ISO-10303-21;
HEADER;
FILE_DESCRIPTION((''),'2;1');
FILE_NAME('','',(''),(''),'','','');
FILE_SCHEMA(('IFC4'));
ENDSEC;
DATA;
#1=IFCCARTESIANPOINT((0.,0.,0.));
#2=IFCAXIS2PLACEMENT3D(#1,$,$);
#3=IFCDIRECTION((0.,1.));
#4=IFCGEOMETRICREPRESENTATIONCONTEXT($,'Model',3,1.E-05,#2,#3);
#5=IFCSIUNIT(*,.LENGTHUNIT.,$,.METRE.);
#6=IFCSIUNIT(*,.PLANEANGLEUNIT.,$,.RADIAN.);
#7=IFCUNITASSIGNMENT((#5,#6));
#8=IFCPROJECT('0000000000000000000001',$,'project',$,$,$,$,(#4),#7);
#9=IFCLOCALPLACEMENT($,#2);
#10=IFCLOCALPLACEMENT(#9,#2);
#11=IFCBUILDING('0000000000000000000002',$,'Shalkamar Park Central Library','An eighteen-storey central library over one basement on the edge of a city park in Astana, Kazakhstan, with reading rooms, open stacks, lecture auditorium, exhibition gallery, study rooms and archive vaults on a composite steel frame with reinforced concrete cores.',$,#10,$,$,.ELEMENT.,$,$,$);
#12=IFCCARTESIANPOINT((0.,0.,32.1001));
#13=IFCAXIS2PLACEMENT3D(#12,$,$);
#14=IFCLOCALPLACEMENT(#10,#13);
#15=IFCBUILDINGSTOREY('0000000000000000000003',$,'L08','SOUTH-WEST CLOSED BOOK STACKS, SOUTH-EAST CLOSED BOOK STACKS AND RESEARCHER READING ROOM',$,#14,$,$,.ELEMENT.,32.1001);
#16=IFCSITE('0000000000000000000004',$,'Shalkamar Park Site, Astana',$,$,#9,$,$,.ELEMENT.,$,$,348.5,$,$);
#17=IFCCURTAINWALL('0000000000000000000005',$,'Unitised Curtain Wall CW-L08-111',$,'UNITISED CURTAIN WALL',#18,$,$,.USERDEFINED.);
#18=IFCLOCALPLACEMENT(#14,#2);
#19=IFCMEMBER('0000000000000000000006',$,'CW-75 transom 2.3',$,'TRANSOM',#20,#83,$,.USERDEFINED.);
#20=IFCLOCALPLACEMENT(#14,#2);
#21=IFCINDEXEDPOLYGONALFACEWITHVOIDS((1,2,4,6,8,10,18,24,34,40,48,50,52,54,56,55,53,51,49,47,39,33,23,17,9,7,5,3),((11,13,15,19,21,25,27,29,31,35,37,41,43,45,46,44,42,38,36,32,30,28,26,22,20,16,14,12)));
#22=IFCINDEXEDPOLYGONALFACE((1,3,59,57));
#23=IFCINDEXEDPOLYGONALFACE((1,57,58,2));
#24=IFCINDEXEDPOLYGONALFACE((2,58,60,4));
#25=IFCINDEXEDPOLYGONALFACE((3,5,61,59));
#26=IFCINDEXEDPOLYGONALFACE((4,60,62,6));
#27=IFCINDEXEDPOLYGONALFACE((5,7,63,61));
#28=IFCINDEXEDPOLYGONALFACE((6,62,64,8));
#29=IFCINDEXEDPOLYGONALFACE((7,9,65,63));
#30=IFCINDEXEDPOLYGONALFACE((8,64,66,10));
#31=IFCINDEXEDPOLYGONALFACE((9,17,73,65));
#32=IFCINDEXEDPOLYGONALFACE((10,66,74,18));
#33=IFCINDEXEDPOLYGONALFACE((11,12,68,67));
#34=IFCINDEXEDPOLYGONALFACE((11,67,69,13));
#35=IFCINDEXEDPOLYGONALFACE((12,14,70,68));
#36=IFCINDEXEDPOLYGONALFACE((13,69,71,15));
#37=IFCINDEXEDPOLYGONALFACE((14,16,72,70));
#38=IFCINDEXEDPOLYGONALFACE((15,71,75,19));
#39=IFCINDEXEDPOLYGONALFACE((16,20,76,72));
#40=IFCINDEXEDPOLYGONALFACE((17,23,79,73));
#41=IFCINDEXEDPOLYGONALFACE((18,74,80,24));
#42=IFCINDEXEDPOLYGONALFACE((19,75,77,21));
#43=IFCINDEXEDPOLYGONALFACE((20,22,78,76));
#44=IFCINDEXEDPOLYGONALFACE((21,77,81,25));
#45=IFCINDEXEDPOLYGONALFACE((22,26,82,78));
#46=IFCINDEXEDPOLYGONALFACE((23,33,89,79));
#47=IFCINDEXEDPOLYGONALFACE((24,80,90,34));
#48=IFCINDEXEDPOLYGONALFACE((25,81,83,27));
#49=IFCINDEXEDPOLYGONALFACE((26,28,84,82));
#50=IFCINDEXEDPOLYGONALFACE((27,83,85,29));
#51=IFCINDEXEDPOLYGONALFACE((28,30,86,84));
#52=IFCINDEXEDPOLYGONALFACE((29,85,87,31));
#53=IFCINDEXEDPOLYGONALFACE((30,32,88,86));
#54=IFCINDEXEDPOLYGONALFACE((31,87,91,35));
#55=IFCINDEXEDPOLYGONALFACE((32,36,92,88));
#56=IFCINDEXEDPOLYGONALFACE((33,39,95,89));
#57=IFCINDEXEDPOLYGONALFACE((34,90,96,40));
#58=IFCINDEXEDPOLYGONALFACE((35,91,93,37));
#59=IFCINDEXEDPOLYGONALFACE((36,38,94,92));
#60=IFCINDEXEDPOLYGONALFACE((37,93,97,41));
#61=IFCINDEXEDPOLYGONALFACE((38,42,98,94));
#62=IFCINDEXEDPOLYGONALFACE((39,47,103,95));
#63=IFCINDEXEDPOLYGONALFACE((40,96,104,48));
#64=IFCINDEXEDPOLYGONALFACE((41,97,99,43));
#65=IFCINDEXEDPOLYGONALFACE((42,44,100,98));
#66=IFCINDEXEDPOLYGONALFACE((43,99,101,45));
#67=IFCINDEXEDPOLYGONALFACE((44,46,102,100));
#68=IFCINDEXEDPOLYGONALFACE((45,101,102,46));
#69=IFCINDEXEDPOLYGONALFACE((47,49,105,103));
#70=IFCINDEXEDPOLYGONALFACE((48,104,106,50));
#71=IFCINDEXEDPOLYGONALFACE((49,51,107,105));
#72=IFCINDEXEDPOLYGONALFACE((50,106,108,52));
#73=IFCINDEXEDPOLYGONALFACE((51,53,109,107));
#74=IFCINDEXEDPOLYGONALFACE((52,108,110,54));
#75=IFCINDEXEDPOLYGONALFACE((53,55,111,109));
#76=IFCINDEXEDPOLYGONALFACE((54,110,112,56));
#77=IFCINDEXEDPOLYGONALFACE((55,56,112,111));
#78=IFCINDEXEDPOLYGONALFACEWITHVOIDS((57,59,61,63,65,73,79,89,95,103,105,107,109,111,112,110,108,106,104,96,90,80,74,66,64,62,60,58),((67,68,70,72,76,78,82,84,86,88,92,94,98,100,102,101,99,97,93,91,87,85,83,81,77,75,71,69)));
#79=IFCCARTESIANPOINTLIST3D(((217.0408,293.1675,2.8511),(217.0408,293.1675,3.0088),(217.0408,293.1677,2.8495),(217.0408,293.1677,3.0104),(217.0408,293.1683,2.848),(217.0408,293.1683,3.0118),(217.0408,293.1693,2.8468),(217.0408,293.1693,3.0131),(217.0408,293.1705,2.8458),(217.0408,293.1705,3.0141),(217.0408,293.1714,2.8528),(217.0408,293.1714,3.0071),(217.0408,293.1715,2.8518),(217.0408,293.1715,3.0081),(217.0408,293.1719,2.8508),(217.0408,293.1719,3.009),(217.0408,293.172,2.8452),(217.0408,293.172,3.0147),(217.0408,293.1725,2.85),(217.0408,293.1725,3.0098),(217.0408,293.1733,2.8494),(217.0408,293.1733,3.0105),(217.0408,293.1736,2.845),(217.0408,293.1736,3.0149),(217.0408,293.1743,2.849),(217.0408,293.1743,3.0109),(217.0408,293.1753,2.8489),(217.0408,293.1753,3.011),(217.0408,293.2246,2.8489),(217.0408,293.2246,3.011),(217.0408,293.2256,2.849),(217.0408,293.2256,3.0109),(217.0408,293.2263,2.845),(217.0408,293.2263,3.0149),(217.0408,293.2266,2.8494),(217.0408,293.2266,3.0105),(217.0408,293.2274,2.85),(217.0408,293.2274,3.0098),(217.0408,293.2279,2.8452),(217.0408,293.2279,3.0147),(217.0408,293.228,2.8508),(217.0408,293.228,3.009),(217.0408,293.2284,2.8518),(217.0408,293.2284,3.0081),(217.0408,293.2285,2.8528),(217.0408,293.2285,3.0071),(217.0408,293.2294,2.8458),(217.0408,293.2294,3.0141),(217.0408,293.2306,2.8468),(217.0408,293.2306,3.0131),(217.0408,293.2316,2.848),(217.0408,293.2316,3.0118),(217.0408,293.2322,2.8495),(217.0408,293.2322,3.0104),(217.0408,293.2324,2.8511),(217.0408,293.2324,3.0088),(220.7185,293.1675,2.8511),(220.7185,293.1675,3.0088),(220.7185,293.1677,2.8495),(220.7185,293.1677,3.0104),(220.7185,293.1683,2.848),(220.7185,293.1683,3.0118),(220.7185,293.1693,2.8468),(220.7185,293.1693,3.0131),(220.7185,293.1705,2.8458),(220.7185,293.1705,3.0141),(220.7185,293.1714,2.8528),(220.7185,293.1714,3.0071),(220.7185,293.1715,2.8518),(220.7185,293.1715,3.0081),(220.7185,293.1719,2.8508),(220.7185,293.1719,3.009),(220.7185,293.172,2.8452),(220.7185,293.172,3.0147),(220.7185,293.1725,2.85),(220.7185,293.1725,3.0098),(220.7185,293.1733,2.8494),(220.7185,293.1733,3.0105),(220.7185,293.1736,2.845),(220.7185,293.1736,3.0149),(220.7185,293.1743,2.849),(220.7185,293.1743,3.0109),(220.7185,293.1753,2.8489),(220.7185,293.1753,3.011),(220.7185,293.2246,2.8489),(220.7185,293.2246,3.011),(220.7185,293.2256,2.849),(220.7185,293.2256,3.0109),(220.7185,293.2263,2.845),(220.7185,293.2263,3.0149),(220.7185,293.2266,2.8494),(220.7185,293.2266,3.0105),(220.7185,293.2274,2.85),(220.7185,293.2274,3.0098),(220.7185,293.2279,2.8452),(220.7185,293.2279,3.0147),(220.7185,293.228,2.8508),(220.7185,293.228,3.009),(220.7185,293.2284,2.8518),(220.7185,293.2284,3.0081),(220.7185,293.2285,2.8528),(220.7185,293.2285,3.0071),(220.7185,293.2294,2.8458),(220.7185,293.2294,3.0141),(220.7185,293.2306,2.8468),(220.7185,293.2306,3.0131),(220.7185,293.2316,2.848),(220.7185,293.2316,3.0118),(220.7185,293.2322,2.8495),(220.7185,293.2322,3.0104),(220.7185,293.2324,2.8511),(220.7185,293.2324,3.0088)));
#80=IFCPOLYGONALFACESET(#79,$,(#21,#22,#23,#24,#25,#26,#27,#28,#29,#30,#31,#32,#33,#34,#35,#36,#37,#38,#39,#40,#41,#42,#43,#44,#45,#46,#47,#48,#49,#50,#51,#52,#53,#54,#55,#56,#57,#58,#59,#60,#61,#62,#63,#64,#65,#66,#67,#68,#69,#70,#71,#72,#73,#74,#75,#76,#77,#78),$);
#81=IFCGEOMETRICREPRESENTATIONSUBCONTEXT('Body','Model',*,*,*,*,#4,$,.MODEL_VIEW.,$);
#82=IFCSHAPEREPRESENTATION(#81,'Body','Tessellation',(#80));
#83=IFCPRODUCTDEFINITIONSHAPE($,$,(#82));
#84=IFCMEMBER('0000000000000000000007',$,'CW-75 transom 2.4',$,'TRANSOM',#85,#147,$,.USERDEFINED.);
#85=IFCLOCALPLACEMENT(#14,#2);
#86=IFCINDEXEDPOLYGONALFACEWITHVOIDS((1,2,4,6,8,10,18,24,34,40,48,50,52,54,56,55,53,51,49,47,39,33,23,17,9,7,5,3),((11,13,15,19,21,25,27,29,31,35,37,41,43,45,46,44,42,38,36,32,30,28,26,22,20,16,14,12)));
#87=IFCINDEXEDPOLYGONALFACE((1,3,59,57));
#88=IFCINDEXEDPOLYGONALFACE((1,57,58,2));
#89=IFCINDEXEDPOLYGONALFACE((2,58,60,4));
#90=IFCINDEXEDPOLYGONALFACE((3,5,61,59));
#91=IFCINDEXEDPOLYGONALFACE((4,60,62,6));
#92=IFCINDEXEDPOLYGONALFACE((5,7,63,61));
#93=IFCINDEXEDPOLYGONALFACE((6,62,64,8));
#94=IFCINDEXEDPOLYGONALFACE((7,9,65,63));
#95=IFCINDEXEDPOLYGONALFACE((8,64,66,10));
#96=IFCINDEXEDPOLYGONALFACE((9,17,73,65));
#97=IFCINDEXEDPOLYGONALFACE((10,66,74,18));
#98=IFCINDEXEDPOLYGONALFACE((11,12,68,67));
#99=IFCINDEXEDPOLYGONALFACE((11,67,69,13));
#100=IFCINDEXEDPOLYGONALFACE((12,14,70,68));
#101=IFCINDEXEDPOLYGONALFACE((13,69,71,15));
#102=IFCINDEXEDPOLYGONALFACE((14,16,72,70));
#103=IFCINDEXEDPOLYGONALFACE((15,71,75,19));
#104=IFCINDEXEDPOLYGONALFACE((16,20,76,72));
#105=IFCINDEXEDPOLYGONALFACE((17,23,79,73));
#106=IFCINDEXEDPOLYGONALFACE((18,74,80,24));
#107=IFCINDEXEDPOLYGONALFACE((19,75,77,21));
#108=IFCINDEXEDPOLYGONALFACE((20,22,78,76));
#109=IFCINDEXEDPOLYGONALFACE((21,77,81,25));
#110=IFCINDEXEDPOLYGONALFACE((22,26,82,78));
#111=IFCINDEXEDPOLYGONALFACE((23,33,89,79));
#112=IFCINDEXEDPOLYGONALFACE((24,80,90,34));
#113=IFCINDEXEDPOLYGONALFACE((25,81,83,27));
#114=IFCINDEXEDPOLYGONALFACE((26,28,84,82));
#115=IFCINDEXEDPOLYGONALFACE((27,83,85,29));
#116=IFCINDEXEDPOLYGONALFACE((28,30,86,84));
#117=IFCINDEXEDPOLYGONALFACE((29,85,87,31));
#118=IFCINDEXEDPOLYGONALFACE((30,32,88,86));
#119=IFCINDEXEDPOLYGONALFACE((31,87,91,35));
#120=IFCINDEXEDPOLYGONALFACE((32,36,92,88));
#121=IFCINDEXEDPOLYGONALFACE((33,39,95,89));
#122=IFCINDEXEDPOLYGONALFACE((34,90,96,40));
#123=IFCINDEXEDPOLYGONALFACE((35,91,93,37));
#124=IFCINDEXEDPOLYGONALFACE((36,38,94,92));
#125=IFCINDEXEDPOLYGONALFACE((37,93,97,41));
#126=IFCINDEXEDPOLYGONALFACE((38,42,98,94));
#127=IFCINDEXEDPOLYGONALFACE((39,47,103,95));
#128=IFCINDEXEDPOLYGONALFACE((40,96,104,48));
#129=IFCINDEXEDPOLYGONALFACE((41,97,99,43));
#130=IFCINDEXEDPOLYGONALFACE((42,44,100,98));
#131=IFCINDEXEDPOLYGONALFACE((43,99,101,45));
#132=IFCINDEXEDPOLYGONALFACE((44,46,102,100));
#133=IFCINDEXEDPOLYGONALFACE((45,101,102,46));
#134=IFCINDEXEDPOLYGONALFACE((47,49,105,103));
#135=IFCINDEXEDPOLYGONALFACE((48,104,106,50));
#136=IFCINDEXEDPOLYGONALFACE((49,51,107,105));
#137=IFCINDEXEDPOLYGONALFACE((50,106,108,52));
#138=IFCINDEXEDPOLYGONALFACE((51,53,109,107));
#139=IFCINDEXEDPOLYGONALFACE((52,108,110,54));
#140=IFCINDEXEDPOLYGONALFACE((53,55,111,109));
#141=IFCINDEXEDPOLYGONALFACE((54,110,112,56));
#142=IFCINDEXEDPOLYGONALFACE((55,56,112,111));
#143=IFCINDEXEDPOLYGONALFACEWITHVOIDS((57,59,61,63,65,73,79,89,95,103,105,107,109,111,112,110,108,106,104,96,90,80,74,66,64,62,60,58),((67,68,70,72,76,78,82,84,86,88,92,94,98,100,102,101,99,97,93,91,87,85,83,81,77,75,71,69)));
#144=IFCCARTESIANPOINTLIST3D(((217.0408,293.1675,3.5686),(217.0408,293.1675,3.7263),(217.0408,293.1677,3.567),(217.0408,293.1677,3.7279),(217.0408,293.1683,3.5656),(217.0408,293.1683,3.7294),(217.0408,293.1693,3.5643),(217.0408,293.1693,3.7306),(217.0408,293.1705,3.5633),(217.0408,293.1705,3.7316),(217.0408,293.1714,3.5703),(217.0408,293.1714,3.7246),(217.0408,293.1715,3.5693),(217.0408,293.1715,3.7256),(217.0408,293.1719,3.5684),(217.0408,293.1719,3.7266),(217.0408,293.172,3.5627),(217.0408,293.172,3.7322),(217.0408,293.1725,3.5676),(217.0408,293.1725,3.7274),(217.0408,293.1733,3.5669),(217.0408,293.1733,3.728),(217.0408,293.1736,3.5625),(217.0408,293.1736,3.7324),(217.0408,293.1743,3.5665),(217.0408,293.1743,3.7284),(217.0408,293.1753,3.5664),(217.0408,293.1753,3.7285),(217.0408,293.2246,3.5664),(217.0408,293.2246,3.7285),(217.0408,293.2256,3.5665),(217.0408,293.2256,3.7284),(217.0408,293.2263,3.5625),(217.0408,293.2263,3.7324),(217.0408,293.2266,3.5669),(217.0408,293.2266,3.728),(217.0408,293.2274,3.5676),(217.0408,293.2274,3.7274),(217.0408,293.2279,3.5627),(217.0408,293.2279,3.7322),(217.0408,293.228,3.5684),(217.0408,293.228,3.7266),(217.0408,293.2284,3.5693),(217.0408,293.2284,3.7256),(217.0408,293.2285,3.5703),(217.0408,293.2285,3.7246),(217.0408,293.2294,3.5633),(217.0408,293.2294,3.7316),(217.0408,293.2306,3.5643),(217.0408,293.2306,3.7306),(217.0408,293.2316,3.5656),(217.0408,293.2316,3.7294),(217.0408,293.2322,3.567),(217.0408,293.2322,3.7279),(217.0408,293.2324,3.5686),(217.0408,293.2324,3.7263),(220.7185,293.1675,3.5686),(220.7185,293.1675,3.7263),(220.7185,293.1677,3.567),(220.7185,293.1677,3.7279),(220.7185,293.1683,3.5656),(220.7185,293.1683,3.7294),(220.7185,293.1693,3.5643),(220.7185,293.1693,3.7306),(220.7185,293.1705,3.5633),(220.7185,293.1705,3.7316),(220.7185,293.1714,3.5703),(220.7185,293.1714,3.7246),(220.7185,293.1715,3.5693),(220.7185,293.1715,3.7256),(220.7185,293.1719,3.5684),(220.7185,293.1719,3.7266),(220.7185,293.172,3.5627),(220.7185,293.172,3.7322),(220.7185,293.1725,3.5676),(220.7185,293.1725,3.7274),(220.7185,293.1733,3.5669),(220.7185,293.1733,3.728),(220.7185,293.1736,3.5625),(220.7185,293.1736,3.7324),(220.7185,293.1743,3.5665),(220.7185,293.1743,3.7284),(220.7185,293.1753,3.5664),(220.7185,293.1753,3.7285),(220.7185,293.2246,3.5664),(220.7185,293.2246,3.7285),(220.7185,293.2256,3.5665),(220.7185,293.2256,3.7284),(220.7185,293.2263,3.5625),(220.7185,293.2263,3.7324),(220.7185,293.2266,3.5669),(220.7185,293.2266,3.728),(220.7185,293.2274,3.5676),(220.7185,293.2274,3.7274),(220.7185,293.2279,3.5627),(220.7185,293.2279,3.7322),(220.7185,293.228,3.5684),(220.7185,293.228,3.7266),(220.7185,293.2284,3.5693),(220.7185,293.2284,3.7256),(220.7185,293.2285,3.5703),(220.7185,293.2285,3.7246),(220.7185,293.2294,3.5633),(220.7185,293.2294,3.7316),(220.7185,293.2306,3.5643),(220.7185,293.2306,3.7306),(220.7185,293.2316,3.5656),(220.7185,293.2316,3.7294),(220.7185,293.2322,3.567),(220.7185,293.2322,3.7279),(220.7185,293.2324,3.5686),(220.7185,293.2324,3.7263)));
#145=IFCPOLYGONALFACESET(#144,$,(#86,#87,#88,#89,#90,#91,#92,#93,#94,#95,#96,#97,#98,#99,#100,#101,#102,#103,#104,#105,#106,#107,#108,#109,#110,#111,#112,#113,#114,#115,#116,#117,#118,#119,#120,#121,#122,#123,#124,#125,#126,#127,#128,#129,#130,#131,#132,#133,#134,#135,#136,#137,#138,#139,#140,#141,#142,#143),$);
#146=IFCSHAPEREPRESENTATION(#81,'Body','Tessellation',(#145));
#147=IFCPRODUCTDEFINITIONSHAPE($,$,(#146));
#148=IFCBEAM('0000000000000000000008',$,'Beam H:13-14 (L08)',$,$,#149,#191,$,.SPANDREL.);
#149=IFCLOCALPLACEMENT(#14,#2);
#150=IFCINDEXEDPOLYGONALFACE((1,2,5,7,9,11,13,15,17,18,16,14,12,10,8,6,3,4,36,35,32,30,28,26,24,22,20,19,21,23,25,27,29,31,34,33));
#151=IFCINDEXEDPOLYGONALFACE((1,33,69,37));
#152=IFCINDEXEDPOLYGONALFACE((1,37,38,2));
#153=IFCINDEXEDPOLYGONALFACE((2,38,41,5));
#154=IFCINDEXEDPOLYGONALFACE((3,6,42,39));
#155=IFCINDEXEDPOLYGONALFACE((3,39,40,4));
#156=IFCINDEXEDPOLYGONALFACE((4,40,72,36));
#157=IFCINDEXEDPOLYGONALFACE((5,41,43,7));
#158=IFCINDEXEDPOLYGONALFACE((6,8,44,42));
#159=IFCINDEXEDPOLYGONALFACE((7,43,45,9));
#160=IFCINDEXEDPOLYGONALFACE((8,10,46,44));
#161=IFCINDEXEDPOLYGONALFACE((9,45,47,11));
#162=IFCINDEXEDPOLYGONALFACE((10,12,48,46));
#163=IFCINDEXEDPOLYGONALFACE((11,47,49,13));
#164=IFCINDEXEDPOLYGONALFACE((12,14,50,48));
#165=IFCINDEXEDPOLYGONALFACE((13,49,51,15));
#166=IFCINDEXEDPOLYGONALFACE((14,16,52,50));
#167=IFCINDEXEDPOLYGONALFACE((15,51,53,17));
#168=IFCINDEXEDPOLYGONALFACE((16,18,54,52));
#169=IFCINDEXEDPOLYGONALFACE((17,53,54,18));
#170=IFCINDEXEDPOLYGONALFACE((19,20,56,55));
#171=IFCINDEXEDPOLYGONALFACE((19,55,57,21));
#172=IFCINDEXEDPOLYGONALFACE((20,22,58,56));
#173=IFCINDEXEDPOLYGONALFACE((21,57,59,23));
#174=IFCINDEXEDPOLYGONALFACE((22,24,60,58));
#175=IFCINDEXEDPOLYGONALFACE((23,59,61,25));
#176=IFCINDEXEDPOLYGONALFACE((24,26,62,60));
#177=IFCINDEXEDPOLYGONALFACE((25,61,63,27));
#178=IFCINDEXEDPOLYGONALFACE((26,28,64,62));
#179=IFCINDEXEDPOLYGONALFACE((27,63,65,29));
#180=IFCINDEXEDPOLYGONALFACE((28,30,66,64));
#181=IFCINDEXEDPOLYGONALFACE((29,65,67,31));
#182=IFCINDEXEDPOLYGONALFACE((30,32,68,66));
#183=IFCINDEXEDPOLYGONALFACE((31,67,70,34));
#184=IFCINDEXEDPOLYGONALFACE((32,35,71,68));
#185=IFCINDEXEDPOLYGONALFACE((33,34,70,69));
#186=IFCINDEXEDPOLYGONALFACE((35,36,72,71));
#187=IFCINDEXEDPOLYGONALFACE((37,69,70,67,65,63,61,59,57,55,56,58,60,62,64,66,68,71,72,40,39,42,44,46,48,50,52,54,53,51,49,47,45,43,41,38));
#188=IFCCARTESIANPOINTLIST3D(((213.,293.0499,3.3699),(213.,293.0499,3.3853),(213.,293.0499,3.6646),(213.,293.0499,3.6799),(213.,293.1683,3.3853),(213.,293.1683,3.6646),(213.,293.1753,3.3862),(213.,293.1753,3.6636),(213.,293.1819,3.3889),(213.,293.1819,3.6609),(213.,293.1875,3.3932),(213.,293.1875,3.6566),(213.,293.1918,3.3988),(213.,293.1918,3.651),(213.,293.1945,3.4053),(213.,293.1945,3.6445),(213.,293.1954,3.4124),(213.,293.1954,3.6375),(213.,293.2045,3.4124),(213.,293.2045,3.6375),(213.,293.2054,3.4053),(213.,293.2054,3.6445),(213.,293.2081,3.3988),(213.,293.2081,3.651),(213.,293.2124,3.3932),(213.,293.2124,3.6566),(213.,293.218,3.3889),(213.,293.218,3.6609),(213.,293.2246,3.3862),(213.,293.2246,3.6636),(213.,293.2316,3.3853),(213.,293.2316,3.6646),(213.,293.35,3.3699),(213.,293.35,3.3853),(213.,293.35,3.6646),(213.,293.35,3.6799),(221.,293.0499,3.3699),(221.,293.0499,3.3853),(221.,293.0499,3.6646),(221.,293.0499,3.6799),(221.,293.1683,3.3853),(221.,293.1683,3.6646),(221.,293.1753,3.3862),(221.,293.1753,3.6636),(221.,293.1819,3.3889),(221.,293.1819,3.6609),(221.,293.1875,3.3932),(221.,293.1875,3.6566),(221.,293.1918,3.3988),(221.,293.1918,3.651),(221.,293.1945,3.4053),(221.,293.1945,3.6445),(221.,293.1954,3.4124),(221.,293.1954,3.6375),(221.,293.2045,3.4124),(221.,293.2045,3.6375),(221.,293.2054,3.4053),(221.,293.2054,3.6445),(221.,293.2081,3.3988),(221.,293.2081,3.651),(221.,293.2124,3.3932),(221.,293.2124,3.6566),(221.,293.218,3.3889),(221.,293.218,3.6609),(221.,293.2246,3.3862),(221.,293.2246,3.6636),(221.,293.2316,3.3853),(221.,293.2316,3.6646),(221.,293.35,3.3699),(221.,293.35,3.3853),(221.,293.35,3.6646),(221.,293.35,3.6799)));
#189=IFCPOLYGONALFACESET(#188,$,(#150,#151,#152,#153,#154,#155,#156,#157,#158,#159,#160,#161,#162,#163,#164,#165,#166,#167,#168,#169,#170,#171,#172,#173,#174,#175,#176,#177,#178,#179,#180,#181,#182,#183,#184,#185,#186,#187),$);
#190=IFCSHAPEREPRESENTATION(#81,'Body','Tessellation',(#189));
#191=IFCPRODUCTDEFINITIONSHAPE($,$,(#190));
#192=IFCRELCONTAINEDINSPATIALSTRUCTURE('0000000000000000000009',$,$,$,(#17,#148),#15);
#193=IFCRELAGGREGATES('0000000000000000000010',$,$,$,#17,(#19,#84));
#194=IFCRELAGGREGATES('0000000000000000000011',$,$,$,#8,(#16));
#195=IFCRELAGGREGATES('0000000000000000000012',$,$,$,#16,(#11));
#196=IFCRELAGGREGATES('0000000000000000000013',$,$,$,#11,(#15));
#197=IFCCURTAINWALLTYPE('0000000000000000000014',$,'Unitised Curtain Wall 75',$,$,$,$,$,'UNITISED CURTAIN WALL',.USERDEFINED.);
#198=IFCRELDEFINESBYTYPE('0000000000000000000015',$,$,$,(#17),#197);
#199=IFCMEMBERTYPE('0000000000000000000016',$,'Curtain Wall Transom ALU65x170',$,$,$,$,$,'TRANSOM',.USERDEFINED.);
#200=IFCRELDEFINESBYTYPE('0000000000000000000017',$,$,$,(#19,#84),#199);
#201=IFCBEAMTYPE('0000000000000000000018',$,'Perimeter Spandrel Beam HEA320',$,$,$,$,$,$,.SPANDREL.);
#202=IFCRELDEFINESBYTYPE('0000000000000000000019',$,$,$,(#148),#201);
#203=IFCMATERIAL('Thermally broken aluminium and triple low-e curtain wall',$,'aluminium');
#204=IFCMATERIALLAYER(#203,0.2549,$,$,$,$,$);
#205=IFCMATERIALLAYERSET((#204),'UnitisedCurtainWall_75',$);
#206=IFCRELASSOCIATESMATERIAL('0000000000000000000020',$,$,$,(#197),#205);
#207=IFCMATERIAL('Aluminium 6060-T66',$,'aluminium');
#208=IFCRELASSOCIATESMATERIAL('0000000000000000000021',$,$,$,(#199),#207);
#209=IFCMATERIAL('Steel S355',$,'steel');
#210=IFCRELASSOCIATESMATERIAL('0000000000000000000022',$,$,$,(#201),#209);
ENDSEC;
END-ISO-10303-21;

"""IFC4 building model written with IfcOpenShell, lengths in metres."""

from ifc_helpers import new_model, si_unit, direction, frame, origin, origin_2d, place, context, subcontext, project, spatial, hollow_rectangle, i_section, extrude, material, layer, layer_set, material_profile, profile_set, type_object, element, aggregate, save


model = new_model("IFC4")

# Units and contexts
model_context = context("Model", 3, precision=1e-05, world=origin(), true_north=direction((0.0, 1.0)))
body_context = subcontext(model_context, "Body", "Model", "MODEL_VIEW")
ifc_project = project(units=[si_unit("LENGTHUNIT", "METRE"), si_unit("PLANEANGLEUNIT", "RADIAN")], contexts=[model_context])

# Site, building, storey
site_placement = place(None, origin())
site = spatial("IfcSite", under=ifc_project, at=site_placement, Name="Shalkamar Park Site, Astana", CompositionType="ELEMENT", RefElevation=348.5)
building_placement = place(site_placement, origin())
building = spatial("IfcBuilding", under=site, at=building_placement, Name="Shalkamar Park Central Library", Description="An eighteen-storey central library over one basement on the edge of a city park in Astana, Kazakhstan, with reading rooms, open stacks, lecture auditorium, exhibition gallery, study rooms and archive vaults on a composite steel frame with reinforced concrete cores.", CompositionType="ELEMENT")
storey_placement = place(building_placement, frame((0.0, 0.0, 32.1001)))
storey = spatial("IfcBuildingStorey", under=building, at=storey_placement, Name="L08", Description="SOUTH-WEST CLOSED BOOK STACKS, SOUTH-EAST CLOSED BOOK STACKS AND RESEARCHER READING ROOM", CompositionType="ELEMENT", Elevation=32.1001)

# Shared definitions
ifc_material_1 = material(Name="Steel S355", Category="steel")

# Shared definitions
ifc_material_2 = material(Name="Thermally broken aluminium and triple low-e curtain wall", Category="aluminium")
ifc_material_3 = material(Name="Aluminium 6060-T66", Category="aluminium")

# Curtain wall
ifc_layer_1 = layer(ifc_material_2, 0.2549)
ifc_layer_set_1 = layer_set([ifc_layer_1], Name="UnitisedCurtainWall_75")
curtain_wall_type_1 = type_object("IfcCurtainWallType", Name="Unitised Curtain Wall 75", ElementType="UNITISED CURTAIN WALL", PredefinedType="USERDEFINED", material=ifc_layer_set_1)
curtain_wall_1_placement = place(storey_placement, origin())
curtain_wall_1 = element("IfcCurtainWall", 1, at=curtain_wall_1_placement, inside=storey, type_object=curtain_wall_type_1, Name="Unitised Curtain Wall CW-L08-111", ObjectType="UNITISED CURTAIN WALL", PredefinedType="USERDEFINED")

# Members
ifc_material_profile_1 = material_profile(ifc_material_3, hollow_rectangle(XDim=0.0649, YDim=0.1699, WallThickness=0.0039, InnerFilletRadius=0.0039, OuterFilletRadius=0.0061, at=origin_2d()), Name="ALU 65x170x4")
ifc_profile_set_1 = profile_set([ifc_material_profile_1], Name="Aluminium 6060-T66")
member_type_1 = type_object("IfcMemberType", Name="Curtain Wall Transom ALU65x170", ElementType="TRANSOM", PredefinedType="USERDEFINED", material=ifc_profile_set_1)
member_1_placement = place(storey_placement, frame((217.0408, 293.2, 2.9299), z_axis=(1.0, 0.0, 0.0), x_axis=(0.0, 1.0, 0.0)))
member_1 = element("IfcMember", 2, at=member_1_placement, type_object=member_type_1, Name="CW-75 transom 2.3", ObjectType="TRANSOM", PredefinedType="USERDEFINED", context=body_context, shape_type="SweptSolid", body=[
    extrude(hollow_rectangle(XDim=0.0649, YDim=0.1699, WallThickness=0.0039, InnerFilletRadius=0.0039, OuterFilletRadius=0.0061, at=origin_2d()), origin(), (0.0, 0.0, 1.0), 3.6777),
])
member_2_placement = place(storey_placement, frame((217.0408, 293.2, 3.6475), z_axis=(1.0, 0.0, 0.0), x_axis=(0.0, 1.0, 0.0)))
member_2 = element("IfcMember", 3, at=member_2_placement, type_object=member_type_1, Name="CW-75 transom 2.4", ObjectType="TRANSOM", PredefinedType="USERDEFINED", context=body_context, shape_type="SweptSolid", body=[
    extrude(hollow_rectangle(XDim=0.0649, YDim=0.1699, WallThickness=0.0039, InnerFilletRadius=0.0039, OuterFilletRadius=0.0061, at=origin_2d()), origin(), (0.0, 0.0, 1.0), 3.6777),
])

# Beam
ifc_material_profile_2 = material_profile(ifc_material_1, i_section(OverallWidth=0.3, OverallDepth=0.3101, WebThickness=0.009, FlangeThickness=0.0154, FilletRadius=0.0271, at=origin_2d()), Name="HEA 320")
ifc_profile_set_2 = profile_set([ifc_material_profile_2], Name="Steel S355")
beam_type = type_object("IfcBeamType", Name="Perimeter Spandrel Beam HEA320", PredefinedType="SPANDREL", material=ifc_profile_set_2)
beam_placement = place(storey_placement, frame((213.0, 293.2, 3.5249), z_axis=(1.0, 0.0, 0.0), x_axis=(0.0, 1.0, 0.0)))
element("IfcBeam", 4, at=beam_placement, inside=storey, type_object=beam_type, Name="Beam H:13-14 (L08)", PredefinedType="SPANDREL", context=body_context, shape_type="SweptSolid", body=[
    extrude(i_section(OverallWidth=0.3, OverallDepth=0.3101, WebThickness=0.009, FlangeThickness=0.0154, FilletRadius=0.0271, at=origin_2d()), origin(), (0.0, 0.0, 1.0), 8.0),
])

aggregate(curtain_wall_1, [member_1, member_2])

save(model, "model.ifc")
